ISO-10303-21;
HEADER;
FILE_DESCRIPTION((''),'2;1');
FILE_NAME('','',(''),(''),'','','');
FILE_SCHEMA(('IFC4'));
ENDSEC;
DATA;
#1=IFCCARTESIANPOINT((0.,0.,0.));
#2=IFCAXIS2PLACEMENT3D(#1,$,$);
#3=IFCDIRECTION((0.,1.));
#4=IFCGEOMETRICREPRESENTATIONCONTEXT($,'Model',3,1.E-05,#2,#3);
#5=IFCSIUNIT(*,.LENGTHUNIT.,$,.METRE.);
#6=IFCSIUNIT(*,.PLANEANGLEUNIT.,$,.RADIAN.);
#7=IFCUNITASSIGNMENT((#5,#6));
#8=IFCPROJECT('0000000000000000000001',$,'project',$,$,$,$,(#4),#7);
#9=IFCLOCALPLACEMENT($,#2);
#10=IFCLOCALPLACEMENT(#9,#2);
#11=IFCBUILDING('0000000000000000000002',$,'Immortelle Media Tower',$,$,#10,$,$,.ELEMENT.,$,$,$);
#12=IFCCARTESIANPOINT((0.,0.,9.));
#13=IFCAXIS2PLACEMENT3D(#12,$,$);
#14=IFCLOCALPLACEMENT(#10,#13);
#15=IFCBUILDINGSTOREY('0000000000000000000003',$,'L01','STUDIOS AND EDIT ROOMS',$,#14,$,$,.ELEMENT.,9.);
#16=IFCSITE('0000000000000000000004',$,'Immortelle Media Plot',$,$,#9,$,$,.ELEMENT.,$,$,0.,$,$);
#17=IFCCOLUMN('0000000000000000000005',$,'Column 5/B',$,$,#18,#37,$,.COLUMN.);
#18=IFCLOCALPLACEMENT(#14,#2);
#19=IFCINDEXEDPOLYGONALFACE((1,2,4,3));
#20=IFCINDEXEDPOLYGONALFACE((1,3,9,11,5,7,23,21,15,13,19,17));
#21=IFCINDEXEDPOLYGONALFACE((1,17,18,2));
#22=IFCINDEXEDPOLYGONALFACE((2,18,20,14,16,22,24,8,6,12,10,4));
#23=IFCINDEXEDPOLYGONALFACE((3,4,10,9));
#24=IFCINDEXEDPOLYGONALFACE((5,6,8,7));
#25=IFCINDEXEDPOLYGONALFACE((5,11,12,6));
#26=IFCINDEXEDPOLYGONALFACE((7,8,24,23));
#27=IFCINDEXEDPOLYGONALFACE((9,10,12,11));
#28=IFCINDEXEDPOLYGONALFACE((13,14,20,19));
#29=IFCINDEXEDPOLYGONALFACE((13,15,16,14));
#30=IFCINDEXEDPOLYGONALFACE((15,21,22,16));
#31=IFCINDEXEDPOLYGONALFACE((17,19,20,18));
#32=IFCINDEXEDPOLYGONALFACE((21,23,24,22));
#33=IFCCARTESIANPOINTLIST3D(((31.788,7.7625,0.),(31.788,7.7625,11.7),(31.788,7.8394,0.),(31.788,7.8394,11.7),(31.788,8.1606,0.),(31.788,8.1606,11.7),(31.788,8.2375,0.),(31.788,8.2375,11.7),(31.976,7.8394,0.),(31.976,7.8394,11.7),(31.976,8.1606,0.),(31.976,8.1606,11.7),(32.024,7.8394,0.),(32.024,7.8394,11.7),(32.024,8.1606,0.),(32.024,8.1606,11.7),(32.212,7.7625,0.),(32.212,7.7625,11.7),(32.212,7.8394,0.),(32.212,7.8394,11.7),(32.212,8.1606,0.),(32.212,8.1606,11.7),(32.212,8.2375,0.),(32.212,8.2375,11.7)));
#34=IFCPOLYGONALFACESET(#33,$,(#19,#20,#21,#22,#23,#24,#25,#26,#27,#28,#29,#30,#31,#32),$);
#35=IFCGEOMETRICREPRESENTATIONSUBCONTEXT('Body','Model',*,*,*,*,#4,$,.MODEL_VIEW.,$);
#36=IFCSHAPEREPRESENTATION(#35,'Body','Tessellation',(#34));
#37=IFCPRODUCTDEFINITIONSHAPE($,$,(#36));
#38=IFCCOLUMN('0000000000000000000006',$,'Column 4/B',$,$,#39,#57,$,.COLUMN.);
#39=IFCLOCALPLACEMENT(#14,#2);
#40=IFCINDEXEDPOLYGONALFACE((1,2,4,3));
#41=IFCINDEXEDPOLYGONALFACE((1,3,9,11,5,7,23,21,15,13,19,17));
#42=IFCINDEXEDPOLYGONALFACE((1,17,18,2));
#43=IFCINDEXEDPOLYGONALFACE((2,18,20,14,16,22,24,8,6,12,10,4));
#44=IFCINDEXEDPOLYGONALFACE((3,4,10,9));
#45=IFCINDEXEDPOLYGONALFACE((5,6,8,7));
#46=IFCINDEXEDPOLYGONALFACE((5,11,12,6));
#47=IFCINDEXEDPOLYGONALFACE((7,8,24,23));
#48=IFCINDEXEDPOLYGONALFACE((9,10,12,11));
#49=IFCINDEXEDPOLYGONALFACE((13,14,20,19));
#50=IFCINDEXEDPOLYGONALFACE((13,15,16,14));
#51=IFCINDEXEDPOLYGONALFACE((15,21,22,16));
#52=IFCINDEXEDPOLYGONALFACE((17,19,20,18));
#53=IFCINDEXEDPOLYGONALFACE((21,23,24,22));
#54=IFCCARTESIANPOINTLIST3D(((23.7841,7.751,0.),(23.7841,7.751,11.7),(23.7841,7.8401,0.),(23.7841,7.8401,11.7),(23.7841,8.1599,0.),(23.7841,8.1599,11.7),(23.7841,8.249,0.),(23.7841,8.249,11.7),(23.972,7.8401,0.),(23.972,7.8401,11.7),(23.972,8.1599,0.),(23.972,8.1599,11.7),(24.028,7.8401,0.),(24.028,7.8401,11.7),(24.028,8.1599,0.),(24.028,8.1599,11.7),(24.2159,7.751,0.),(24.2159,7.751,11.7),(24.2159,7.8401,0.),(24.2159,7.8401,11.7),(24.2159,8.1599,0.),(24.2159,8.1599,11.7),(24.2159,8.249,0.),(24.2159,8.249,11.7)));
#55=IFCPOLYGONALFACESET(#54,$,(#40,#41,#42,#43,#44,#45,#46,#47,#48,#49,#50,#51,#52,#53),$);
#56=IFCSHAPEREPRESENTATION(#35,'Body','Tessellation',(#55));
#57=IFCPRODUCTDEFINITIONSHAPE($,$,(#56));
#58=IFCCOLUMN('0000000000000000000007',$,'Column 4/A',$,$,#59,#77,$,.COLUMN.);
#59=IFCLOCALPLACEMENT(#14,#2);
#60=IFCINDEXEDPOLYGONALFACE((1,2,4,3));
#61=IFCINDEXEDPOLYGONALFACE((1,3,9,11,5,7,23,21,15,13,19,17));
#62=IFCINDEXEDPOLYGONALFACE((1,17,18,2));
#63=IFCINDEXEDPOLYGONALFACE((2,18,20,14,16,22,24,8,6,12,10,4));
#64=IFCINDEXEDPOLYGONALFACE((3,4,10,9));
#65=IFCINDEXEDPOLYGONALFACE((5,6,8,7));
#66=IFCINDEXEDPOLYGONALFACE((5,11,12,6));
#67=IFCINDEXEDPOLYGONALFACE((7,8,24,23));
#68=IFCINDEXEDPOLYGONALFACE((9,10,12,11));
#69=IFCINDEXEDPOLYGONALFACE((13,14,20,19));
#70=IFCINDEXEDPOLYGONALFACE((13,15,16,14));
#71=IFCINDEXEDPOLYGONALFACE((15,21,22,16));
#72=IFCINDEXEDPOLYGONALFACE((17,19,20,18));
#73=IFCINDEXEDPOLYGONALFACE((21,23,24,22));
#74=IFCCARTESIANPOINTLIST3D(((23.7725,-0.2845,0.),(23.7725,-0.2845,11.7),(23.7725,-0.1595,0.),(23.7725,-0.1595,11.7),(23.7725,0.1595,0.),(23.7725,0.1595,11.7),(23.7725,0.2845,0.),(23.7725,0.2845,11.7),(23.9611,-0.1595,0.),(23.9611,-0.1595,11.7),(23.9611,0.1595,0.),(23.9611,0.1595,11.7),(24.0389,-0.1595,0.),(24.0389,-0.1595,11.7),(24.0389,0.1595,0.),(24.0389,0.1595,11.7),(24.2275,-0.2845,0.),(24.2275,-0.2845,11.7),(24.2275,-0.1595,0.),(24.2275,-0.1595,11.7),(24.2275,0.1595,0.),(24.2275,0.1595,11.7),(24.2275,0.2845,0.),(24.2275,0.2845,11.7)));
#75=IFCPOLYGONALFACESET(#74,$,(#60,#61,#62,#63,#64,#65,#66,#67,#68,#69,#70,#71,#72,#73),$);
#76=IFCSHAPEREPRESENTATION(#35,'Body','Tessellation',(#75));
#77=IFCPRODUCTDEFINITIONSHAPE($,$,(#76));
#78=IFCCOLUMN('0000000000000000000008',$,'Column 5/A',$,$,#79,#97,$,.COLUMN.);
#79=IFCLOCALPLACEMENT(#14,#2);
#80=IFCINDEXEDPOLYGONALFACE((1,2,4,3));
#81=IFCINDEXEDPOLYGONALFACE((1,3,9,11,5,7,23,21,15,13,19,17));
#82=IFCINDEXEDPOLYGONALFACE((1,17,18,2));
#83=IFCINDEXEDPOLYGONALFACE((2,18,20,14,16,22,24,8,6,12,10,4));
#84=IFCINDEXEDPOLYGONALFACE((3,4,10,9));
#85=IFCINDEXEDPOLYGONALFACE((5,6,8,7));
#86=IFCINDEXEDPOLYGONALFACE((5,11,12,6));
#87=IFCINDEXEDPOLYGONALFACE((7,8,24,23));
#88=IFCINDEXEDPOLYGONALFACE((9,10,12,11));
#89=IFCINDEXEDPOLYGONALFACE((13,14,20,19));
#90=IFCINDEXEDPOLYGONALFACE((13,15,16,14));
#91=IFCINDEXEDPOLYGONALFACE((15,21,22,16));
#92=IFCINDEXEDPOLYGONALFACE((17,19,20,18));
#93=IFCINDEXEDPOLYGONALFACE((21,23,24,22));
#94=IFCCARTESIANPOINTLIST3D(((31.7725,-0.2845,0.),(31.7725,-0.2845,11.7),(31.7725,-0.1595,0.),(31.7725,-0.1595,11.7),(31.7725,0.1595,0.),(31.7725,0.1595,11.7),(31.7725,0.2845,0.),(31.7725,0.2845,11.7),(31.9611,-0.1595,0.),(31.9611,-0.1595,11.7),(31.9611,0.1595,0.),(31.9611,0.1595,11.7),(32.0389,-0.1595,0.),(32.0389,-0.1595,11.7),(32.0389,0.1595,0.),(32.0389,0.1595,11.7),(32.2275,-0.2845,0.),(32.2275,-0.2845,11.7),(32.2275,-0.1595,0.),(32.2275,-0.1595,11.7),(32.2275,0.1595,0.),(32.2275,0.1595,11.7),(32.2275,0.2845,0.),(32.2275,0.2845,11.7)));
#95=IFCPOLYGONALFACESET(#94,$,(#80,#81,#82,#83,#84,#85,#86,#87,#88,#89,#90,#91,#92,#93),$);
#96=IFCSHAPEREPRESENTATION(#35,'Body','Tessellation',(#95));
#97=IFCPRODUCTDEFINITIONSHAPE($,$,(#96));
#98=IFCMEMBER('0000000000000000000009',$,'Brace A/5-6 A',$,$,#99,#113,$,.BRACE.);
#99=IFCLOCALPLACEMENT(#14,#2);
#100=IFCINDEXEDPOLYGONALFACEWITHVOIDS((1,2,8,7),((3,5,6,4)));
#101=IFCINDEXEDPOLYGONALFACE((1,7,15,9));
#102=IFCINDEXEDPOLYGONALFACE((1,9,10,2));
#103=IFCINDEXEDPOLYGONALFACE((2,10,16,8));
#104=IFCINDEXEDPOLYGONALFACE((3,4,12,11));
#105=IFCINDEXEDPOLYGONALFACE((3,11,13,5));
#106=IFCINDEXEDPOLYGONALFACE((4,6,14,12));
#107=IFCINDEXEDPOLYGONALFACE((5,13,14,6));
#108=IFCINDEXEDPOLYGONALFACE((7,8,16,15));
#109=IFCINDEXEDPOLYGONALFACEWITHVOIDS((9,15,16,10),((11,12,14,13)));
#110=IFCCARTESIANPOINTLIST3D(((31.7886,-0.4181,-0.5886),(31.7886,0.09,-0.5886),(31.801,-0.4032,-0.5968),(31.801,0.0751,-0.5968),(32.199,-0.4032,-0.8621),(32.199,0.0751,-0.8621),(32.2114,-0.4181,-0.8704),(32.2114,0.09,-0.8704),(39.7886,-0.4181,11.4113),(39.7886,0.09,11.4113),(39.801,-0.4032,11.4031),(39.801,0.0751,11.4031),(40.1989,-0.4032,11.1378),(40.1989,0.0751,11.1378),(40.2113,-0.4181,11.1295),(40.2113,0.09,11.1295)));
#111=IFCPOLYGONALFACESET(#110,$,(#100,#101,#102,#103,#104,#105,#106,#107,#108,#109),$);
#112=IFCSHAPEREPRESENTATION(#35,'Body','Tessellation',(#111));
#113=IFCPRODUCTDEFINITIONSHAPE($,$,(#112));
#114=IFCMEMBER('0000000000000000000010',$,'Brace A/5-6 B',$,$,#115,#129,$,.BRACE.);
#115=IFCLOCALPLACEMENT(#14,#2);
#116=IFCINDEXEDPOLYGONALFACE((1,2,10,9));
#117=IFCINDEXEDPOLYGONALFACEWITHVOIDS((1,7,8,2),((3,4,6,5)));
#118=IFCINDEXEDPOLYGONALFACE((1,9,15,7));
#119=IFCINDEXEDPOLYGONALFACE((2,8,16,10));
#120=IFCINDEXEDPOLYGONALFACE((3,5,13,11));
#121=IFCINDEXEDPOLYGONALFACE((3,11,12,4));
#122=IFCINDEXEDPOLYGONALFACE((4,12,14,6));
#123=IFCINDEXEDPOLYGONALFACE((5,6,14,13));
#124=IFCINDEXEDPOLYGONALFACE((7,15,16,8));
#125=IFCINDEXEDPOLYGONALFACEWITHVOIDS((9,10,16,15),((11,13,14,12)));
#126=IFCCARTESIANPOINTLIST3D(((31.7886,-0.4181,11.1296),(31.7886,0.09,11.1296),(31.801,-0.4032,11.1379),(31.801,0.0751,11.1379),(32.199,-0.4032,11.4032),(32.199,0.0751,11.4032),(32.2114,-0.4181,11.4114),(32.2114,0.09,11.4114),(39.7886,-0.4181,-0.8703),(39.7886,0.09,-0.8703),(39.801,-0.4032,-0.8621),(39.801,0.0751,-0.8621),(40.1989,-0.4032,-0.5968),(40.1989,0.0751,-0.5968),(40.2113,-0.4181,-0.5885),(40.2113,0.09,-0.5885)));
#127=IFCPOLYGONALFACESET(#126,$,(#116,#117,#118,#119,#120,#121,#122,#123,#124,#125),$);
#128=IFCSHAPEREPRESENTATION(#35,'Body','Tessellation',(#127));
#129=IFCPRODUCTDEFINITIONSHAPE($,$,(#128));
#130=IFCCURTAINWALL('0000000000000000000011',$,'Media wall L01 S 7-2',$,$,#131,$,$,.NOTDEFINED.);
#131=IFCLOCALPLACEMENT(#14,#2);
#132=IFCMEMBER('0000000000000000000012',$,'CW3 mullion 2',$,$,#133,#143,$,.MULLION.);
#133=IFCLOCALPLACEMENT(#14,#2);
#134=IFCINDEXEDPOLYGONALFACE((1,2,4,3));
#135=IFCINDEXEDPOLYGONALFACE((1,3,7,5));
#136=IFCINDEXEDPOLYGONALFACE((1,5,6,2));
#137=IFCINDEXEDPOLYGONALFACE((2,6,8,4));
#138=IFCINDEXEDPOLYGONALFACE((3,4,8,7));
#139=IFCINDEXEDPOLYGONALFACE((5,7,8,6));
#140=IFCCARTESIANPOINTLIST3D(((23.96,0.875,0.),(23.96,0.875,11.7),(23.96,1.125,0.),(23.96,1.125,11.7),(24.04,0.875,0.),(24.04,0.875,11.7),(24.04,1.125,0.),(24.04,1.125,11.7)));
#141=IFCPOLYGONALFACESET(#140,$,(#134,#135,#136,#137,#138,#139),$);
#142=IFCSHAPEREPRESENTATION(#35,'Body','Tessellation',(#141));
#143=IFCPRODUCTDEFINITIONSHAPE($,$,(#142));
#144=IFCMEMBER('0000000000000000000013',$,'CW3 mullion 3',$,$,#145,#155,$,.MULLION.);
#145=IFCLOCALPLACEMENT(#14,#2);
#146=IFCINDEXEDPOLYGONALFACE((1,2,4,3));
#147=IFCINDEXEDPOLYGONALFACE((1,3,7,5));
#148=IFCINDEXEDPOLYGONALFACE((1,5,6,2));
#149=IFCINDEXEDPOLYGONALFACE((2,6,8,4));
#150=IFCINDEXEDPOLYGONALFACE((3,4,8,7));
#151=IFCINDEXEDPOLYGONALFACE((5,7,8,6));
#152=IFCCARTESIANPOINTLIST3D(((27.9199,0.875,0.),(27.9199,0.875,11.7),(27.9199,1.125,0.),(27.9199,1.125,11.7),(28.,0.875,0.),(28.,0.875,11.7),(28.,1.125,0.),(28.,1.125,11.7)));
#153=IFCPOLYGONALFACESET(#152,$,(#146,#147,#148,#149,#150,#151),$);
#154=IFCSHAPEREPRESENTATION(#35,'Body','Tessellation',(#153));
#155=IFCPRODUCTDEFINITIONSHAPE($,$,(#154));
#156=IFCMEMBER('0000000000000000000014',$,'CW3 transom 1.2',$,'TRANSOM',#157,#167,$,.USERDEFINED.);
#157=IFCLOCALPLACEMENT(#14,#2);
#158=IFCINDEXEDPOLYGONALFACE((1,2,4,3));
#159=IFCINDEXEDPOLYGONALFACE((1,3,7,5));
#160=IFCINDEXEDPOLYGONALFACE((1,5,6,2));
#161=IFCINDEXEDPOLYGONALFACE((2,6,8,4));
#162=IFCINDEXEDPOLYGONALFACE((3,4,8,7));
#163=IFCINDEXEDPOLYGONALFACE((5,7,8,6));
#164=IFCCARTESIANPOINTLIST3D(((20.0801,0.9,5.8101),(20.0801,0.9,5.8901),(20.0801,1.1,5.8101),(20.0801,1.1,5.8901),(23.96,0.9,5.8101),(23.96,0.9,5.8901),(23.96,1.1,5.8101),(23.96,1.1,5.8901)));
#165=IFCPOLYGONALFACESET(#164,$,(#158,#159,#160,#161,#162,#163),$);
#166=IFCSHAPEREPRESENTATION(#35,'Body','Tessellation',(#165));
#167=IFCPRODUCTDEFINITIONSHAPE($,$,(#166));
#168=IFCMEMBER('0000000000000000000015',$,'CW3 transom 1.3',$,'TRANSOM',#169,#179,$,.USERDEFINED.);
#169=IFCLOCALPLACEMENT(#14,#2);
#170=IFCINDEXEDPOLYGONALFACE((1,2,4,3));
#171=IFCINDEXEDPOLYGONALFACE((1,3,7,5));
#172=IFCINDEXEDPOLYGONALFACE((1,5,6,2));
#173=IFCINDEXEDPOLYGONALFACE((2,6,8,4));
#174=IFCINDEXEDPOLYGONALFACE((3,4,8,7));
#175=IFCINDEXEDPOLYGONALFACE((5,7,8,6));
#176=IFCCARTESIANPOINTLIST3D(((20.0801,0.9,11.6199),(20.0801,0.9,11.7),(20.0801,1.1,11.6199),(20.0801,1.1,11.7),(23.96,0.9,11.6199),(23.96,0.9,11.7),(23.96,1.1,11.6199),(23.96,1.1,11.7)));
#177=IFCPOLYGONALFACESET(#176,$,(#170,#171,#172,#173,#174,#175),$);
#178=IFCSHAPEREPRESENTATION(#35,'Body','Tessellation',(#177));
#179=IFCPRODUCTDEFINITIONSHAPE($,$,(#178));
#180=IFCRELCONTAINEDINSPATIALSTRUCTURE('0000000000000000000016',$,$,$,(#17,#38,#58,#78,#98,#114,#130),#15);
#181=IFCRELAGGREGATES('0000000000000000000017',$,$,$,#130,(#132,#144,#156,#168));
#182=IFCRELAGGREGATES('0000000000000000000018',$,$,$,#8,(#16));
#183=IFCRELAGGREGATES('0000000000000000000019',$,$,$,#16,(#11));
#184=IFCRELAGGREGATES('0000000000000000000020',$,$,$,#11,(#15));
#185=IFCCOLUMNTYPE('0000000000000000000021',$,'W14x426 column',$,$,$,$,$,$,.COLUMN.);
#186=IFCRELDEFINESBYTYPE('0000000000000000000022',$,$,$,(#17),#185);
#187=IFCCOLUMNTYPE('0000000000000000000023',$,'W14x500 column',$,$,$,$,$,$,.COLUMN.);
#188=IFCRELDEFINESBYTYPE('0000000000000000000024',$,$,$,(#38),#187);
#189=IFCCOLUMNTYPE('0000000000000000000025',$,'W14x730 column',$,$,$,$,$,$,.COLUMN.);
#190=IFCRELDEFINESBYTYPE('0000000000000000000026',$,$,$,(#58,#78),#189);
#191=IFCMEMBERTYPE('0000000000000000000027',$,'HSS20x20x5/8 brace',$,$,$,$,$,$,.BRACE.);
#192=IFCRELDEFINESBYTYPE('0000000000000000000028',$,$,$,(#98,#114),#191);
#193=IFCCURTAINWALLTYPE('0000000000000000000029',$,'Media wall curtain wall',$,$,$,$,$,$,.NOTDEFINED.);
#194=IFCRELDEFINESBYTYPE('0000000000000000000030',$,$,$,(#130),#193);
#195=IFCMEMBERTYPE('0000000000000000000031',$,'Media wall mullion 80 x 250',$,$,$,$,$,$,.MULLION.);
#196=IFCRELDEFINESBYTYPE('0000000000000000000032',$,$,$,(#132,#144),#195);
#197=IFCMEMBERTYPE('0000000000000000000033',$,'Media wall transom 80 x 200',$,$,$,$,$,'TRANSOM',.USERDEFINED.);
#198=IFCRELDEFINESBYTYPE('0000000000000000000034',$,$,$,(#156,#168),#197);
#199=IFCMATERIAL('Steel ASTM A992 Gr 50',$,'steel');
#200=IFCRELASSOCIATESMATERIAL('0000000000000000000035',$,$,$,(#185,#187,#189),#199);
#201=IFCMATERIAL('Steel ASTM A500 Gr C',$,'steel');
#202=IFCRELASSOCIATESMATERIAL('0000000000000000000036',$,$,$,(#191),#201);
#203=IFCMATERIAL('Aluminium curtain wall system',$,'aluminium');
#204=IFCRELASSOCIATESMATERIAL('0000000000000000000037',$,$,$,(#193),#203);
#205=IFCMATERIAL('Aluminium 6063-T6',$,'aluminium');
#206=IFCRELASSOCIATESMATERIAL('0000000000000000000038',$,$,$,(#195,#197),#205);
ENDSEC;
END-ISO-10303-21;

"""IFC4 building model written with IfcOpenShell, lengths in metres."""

from ifc_helpers import new_model, si_unit, direction, frame, origin, origin_2d, place, context, subcontext, project, spatial, rectangle, hollow_rectangle, i_section, extrude, material, material_profile, profile_set, type_object, element, aggregate, save


model = new_model("IFC4")

# Units and contexts
model_context = context("Model", 3, precision=1e-05, world=origin(), true_north=direction((0.0, 1.0)))
body_context = subcontext(model_context, "Body", "Model", "MODEL_VIEW")
ifc_project = project(units=[si_unit("LENGTHUNIT", "METRE"), si_unit("PLANEANGLEUNIT", "RADIAN")], contexts=[model_context])

# Site, building, storey
site_placement = place(None, origin())
site = spatial("IfcSite", under=ifc_project, at=site_placement, Name="Immortelle Media Plot", CompositionType="ELEMENT", RefElevation=0.0)
building_placement = place(site_placement, origin())
building = spatial("IfcBuilding", under=site, at=building_placement, Name="Immortelle Media Tower", CompositionType="ELEMENT")
storey_placement = place(building_placement, frame((0.0, 0.0, 9.0)))
storey = spatial("IfcBuildingStorey", under=building, at=storey_placement, Name="L01", Description="STUDIOS AND EDIT ROOMS", CompositionType="ELEMENT", Elevation=9.0)

# Columns
ifc_material_1 = material(Name="Steel ASTM A992 Gr 50", Category="steel")
ifc_material_profile_1 = material_profile(ifc_material_1, i_section(OverallWidth=0.4241, OverallDepth=0.4751, WebThickness=0.0481, FlangeThickness=0.0769, at=origin_2d()), Name="W14x426")
ifc_profile_set_1 = profile_set([ifc_material_profile_1], Name="Steel ASTM A992 Gr 50")
column_type_1 = type_object("IfcColumnType", Name="W14x426 column", PredefinedType="COLUMN", material=ifc_profile_set_1)
column_1_placement = place(storey_placement, frame((32.0, 8.0, 0.0), z_axis=(0.0, 0.0, 1.0), x_axis=(1.0, 0.0, 0.0)))
element("IfcColumn", 1, at=column_1_placement, inside=storey, type_object=column_type_1, Name="Column 5/B", PredefinedType="COLUMN", context=body_context, shape_type="SweptSolid", body=[
    extrude(i_section(OverallWidth=0.4241, OverallDepth=0.4751, WebThickness=0.0481, FlangeThickness=0.0769, at=origin_2d()), origin(), (0.0, 0.0, 1.0), 11.7),
])
ifc_material_profile_2 = material_profile(ifc_material_1, i_section(OverallWidth=0.4319, OverallDepth=0.498, WebThickness=0.0559, FlangeThickness=0.0891, at=origin_2d()), Name="W14x500")
ifc_profile_set_2 = profile_set([ifc_material_profile_2], Name="Steel ASTM A992 Gr 50")
column_type_2 = type_object("IfcColumnType", Name="W14x500 column", PredefinedType="COLUMN", material=ifc_profile_set_2)
column_2_placement = place(storey_placement, frame((24.0, 8.0, 0.0), z_axis=(0.0, 0.0, 1.0), x_axis=(1.0, 0.0, 0.0)))
element("IfcColumn", 2, at=column_2_placement, inside=storey, type_object=column_type_2, Name="Column 4/B", PredefinedType="COLUMN", context=body_context, shape_type="SweptSolid", body=[
    extrude(i_section(OverallWidth=0.4319, OverallDepth=0.498, WebThickness=0.0559, FlangeThickness=0.0891, at=origin_2d()), origin(), (0.0, 0.0, 1.0), 11.7),
])
ifc_material_profile_3 = material_profile(ifc_material_1, i_section(OverallWidth=0.4551, OverallDepth=0.5691, WebThickness=0.0779, FlangeThickness=0.125, at=origin_2d()), Name="W14x730")
ifc_profile_set_3 = profile_set([ifc_material_profile_3], Name="Steel ASTM A992 Gr 50")
column_type_3 = type_object("IfcColumnType", Name="W14x730 column", PredefinedType="COLUMN", material=ifc_profile_set_3)
for number, where, z_axis, x_axis, name in (
    (3, (24.0, 0.0, 0.0), (0.0, 0.0, 1.0), (1.0, 0.0, 0.0), "Column 4/A"),
    (4, (32.0, 0.0, 0.0), (0.0, 0.0, 1.0), (1.0, 0.0, 0.0), "Column 5/A"),
):
    element("IfcColumn", number, at=place(storey_placement, frame(where, z_axis=z_axis, x_axis=x_axis)), inside=storey, type_object=column_type_3, Name=name, PredefinedType="COLUMN", context=body_context, shape_type="SweptSolid", body=[
        extrude(i_section(OverallWidth=0.4551, OverallDepth=0.5691, WebThickness=0.0779, FlangeThickness=0.125, at=origin_2d()), origin(), (0.0, 0.0, 1.0), 11.7),
    ])

# Members
ifc_material_2 = material(Name="Steel ASTM A500 Gr C", Category="steel")
ifc_material_profile_4 = material_profile(ifc_material_2, hollow_rectangle(XDim=0.5081, YDim=0.5081, WallThickness=0.0149, at=origin_2d()), Name="HSS20x20x5/8 brace")
ifc_profile_set_4 = profile_set([ifc_material_profile_4], Name="Steel ASTM A500 Gr C")
member_type_1 = type_object("IfcMemberType", Name="HSS20x20x5/8 brace", PredefinedType="BRACE", material=ifc_profile_set_4)
for number, where, z_axis, x_axis, name in (
    (5, (32.0, -0.1641, -0.7295), (0.5547, 0.0, 0.83205), (0.0, 1.0, 0.0), "Brace A/5-6 A"),
    (6, (32.0, -0.1641, 11.2705), (0.5547, 0.0, -0.83205), (0.0, 1.0, 0.0), "Brace A/5-6 B"),
):
    element("IfcMember", number, at=place(storey_placement, frame(where, z_axis=z_axis, x_axis=x_axis)), inside=storey, type_object=member_type_1, Name=name, PredefinedType="BRACE", context=body_context, shape_type="SweptSolid", body=[
        extrude(hollow_rectangle(XDim=0.5081, YDim=0.5081, WallThickness=0.0149, at=origin_2d()), origin(), (0.0, 0.0, 1.0), 14.4221),
    ])

# Curtain wall, members
ifc_material_3 = material(Name="Aluminium curtain wall system", Category="aluminium")
curtain_wall_type = type_object("IfcCurtainWallType", Name="Media wall curtain wall", PredefinedType="NOTDEFINED", material=ifc_material_3)
curtain_wall_placement = place(storey_placement, origin())
curtain_wall = element("IfcCurtainWall", 7, at=curtain_wall_placement, inside=storey, type_object=curtain_wall_type, Name="Media wall L01 S 7-2", PredefinedType="NOTDEFINED")
ifc_material_4 = material(Name="Aluminium 6063-T6", Category="aluminium")
ifc_material_profile_5 = material_profile(ifc_material_4, rectangle(XDim=0.25, YDim=0.0801, at=origin_2d()), Name="AL 80x250")
ifc_profile_set_5 = profile_set([ifc_material_profile_5], Name="Aluminium 6063-T6")
member_type_2 = type_object("IfcMemberType", Name="Media wall mullion 80 x 250", PredefinedType="MULLION", material=ifc_profile_set_5)
member_1_placement = place(storey_placement, frame((24.0, 1.0, 0.0), z_axis=(0.0, 0.0, 1.0), x_axis=(0.0, 1.0, 0.0)))
member_1 = element("IfcMember", 8, at=member_1_placement, type_object=member_type_2, Name="CW3 mullion 2", PredefinedType="MULLION", context=body_context, shape_type="SweptSolid", body=[
    extrude(rectangle(XDim=0.25, YDim=0.0801, at=origin_2d()), origin(), (0.0, 0.0, 1.0), 11.7),
])
member_2_placement = place(storey_placement, frame((27.96, 1.0, 0.0), z_axis=(0.0, 0.0, 1.0), x_axis=(0.0, 1.0, 0.0)))
member_2 = element("IfcMember", 9, at=member_2_placement, type_object=member_type_2, Name="CW3 mullion 3", PredefinedType="MULLION", context=body_context, shape_type="SweptSolid", body=[
    extrude(rectangle(XDim=0.25, YDim=0.0801, at=origin_2d()), origin(), (0.0, 0.0, 1.0), 11.7),
])
ifc_material_profile_6 = material_profile(ifc_material_4, rectangle(XDim=0.2, YDim=0.0801, at=origin_2d()), Name="AL 80x200")
ifc_profile_set_6 = profile_set([ifc_material_profile_6], Name="Aluminium 6063-T6")
member_type_3 = type_object("IfcMemberType", Name="Media wall transom 80 x 200", ElementType="TRANSOM", PredefinedType="USERDEFINED", material=ifc_profile_set_6)
member_3_placement = place(storey_placement, frame((20.0801, 1.0, 5.8501), z_axis=(1.0, 0.0, 0.0), x_axis=(0.0, 1.0, 0.0)))
member_3 = element("IfcMember", 10, at=member_3_placement, type_object=member_type_3, Name="CW3 transom 1.2", ObjectType="TRANSOM", PredefinedType="USERDEFINED", context=body_context, shape_type="SweptSolid", body=[
    extrude(rectangle(XDim=0.2, YDim=0.0801, at=origin_2d()), origin(), (0.0, 0.0, 1.0), 3.8799),
])
member_4_placement = place(storey_placement, frame((20.0801, 1.0, 11.6599), z_axis=(1.0, 0.0, 0.0), x_axis=(0.0, 1.0, 0.0)))
member_4 = element("IfcMember", 11, at=member_4_placement, type_object=member_type_3, Name="CW3 transom 1.3", ObjectType="TRANSOM", PredefinedType="USERDEFINED", context=body_context, shape_type="SweptSolid", body=[
    extrude(rectangle(XDim=0.2, YDim=0.0801, at=origin_2d()), origin(), (0.0, 0.0, 1.0), 3.8799),
])

aggregate(curtain_wall, [member_1, member_2, member_3, member_4])

save(model, "model.ifc")
